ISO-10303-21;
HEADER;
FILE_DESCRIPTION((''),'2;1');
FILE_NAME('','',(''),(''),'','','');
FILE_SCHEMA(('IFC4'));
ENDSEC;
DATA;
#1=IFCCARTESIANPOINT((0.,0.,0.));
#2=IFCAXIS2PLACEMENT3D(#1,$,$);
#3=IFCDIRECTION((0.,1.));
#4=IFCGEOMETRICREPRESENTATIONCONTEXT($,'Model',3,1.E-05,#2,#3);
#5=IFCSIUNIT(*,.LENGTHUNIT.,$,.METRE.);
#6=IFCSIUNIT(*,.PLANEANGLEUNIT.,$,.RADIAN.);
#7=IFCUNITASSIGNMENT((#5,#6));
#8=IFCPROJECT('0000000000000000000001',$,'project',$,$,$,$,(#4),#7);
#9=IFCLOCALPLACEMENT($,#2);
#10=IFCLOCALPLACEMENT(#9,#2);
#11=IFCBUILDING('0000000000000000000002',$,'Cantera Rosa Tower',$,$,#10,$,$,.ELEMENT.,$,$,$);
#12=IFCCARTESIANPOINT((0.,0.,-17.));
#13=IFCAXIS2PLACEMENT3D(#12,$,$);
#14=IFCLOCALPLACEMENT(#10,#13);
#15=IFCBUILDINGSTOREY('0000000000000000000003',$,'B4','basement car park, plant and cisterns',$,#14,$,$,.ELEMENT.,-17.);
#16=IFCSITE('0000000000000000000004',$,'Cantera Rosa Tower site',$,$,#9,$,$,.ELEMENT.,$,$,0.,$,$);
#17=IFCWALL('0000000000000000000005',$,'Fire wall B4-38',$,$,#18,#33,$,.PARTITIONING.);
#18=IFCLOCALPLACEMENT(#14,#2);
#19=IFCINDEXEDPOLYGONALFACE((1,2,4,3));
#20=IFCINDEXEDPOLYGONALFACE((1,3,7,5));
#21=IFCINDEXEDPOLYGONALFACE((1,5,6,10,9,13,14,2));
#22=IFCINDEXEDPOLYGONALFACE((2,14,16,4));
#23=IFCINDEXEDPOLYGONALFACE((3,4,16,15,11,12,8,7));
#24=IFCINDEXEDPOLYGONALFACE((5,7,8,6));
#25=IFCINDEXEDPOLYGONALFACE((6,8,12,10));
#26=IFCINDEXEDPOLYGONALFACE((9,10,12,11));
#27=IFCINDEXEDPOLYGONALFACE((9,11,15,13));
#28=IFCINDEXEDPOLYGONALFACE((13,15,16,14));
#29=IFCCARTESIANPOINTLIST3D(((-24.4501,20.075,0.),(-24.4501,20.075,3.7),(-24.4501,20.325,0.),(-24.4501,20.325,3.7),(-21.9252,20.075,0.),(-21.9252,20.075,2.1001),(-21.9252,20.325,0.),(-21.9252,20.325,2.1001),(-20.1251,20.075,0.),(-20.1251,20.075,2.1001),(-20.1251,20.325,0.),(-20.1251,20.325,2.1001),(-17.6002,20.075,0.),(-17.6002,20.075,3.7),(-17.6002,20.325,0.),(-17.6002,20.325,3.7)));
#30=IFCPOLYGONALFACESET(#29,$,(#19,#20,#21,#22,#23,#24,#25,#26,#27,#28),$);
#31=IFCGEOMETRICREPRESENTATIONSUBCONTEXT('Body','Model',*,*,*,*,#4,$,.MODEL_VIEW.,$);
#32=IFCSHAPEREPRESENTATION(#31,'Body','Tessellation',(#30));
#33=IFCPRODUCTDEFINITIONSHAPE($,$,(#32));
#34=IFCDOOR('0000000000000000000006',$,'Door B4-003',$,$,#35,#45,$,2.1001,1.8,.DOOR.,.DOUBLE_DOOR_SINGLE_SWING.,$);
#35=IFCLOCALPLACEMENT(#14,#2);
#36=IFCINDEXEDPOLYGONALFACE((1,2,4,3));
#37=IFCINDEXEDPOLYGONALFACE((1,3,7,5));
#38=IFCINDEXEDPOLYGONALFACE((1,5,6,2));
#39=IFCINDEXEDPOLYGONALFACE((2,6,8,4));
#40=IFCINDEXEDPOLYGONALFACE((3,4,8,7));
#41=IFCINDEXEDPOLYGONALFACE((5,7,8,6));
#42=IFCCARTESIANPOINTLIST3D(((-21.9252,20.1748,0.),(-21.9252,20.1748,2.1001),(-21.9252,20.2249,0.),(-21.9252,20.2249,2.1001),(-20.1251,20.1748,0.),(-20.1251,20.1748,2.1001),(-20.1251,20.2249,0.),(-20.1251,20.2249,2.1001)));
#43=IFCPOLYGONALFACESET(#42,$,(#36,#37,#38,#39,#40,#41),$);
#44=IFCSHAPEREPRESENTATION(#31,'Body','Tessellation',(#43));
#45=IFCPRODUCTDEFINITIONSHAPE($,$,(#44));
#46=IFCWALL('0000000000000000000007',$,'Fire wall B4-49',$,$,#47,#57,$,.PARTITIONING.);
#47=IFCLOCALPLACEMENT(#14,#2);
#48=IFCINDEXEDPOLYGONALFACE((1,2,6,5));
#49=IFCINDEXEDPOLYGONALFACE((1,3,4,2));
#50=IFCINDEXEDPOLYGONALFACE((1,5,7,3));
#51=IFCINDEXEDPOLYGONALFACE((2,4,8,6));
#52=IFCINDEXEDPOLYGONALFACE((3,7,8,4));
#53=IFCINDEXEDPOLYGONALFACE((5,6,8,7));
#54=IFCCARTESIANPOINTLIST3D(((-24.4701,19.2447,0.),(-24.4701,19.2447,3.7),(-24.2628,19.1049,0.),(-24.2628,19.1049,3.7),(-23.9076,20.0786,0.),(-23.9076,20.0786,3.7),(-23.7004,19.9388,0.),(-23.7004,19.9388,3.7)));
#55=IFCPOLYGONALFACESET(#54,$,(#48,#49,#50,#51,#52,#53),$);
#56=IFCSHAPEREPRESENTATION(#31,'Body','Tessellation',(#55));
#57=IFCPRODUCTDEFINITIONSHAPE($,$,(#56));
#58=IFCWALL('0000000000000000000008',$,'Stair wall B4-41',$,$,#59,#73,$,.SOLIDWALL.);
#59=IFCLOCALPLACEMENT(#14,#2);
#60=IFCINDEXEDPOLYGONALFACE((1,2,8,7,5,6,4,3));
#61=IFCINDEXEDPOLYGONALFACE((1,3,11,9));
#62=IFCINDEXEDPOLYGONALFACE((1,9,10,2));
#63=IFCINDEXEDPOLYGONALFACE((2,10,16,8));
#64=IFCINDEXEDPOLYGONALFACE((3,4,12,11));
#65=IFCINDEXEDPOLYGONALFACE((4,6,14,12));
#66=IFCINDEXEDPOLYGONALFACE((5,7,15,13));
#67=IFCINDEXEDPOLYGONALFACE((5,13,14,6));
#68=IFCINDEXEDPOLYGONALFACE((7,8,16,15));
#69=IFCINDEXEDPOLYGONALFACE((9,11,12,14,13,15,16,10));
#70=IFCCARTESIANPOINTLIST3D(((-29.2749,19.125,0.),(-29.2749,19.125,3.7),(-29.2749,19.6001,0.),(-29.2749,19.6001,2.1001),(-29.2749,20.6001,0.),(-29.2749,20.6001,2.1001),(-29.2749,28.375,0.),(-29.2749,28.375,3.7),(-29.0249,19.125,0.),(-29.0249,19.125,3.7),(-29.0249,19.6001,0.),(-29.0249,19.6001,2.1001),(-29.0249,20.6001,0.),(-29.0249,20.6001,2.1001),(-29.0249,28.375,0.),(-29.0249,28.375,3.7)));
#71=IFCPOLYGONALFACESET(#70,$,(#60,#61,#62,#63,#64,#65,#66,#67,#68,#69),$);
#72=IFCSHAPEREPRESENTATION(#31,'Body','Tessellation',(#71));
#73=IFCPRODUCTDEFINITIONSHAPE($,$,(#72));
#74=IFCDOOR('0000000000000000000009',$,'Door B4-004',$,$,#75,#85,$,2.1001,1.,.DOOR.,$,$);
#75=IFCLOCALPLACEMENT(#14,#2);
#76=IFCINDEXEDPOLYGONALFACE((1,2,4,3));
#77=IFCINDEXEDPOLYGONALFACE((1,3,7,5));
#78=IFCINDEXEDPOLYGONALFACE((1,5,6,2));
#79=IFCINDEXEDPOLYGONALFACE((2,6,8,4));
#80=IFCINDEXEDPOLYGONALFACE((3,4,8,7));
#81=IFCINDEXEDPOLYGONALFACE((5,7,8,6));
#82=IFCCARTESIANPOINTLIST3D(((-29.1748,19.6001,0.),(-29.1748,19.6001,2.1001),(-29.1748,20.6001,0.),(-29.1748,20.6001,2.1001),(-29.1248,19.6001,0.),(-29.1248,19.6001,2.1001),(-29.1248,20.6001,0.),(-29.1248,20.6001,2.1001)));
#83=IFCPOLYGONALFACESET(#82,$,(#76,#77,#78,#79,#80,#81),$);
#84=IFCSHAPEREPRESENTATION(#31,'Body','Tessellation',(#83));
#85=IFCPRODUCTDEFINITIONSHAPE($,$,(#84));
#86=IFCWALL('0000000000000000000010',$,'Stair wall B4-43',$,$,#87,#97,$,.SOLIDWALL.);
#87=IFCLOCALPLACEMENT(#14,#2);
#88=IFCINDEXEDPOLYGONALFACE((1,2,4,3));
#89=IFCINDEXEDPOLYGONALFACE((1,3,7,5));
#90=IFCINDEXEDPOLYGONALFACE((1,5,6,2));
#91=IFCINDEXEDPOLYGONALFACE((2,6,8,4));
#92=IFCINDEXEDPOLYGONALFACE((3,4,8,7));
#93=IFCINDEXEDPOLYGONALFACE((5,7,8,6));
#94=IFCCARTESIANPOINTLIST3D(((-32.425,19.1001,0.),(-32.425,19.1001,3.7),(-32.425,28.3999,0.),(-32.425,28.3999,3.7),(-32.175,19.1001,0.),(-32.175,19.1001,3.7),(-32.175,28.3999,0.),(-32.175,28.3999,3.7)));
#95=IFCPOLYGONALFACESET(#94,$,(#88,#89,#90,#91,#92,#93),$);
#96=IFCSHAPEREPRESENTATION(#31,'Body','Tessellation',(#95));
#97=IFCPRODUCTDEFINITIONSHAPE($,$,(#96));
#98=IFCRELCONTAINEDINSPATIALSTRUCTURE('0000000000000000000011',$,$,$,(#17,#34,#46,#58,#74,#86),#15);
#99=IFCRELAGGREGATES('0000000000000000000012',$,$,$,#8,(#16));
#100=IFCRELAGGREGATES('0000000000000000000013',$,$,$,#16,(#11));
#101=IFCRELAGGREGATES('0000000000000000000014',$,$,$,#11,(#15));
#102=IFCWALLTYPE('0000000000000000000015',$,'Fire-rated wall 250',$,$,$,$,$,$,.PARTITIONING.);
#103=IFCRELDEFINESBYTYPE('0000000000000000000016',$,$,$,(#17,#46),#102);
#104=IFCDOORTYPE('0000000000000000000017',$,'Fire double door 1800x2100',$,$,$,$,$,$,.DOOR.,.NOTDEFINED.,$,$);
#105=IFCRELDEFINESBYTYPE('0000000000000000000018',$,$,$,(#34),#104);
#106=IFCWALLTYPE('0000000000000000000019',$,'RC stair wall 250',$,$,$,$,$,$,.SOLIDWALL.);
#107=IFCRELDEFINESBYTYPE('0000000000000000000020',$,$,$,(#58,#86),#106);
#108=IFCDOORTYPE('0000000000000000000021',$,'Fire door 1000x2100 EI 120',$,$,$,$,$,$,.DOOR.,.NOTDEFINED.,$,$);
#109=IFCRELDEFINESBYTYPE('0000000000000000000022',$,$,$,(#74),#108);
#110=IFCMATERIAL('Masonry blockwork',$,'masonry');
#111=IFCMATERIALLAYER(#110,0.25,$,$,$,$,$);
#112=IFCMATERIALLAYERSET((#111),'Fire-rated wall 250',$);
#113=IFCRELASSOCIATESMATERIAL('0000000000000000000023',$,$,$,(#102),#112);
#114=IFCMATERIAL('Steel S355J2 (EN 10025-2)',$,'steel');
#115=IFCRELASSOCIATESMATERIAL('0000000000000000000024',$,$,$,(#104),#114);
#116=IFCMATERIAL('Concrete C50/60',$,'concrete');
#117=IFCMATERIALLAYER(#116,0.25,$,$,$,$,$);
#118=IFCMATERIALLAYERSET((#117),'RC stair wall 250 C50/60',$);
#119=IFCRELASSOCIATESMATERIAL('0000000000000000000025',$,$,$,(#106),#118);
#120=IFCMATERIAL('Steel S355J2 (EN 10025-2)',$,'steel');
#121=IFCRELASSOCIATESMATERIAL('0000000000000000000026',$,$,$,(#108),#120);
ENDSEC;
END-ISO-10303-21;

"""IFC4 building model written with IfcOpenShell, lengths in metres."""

from ifc_helpers import new_model, si_unit, direction, frame, frame_2d, origin, place, context, subcontext, project, spatial, rectangle, extrude, material, layer, layer_set, type_object, element, fill, save


model = new_model("IFC4")

# Units and contexts
model_context = context("Model", 3, precision=1e-05, world=origin(), true_north=direction((0.0, 1.0)))
body_context = subcontext(model_context, "Body", "Model", "MODEL_VIEW")
ifc_project = project(units=[si_unit("LENGTHUNIT", "METRE"), si_unit("PLANEANGLEUNIT", "RADIAN")], contexts=[model_context])

# Site, building, storey
site_placement = place(None, origin())
site = spatial("IfcSite", under=ifc_project, at=site_placement, Name="Cantera Rosa Tower site", CompositionType="ELEMENT", RefElevation=0.0)
building_placement = place(site_placement, origin())
building = spatial("IfcBuilding", under=site, at=building_placement, Name="Cantera Rosa Tower", CompositionType="ELEMENT")
storey_placement = place(building_placement, frame((0.0, 0.0, -17.0)))
storey = spatial("IfcBuildingStorey", under=building, at=storey_placement, Name="B4", Description="basement car park, plant and cisterns", CompositionType="ELEMENT", Elevation=-17.0)

# Wall, opening, door
ifc_material_1 = material(Name="Masonry blockwork", Category="masonry")
ifc_layer_1 = layer(ifc_material_1, 0.25)
ifc_layer_set_1 = layer_set([ifc_layer_1], Name="Fire-rated wall 250")
wall_type_1 = type_object("IfcWallType", Name="Fire-rated wall 250", PredefinedType="PARTITIONING", material=ifc_layer_set_1)
wall_1_placement = place(storey_placement, frame((-24.45, 20.2, 0.0), z_axis=(0.0, 0.0, 1.0), x_axis=(1.0, 0.0, 0.0)))
wall_1 = element("IfcWall", 1, at=wall_1_placement, inside=storey, type_object=wall_type_1, Name="Fire wall B4-38", PredefinedType="PARTITIONING", context=body_context, shape_type="SweptSolid", body=[
    extrude(rectangle(XDim=6.8499, YDim=0.25, at=frame_2d((3.4248, 0.0))), origin(), (0.0, 0.0, 1.0), 3.7),
])
opening_1_placement = place(wall_1_placement, frame((2.5249, 0.0, 0.0)))
opening_1 = element("IfcOpeningElement", 2, at=opening_1_placement, cuts=wall_1, PredefinedType="OPENING", context=body_context, shape_type="SweptSolid", body=[
    extrude(rectangle(XDim=1.8, YDim=2.1001, at=frame_2d((0.8999, 1.05))), frame((0.0, 0.135, 0.0), z_axis=(0.0, -1.0, 0.0), x_axis=(1.0, 0.0, 0.0)), (0.0, 0.0, 1.0), 0.27),
])
ifc_material_2 = material(Name="Steel S355J2 (EN 10025-2)", Category="steel")
door_type_1 = type_object("IfcDoorType", Name="Fire double door 1800x2100", OperationType="NOTDEFINED", PredefinedType="DOOR", material=ifc_material_2)
door_1_placement = place(opening_1_placement, origin())
door_1 = element("IfcDoor", 3, at=door_1_placement, inside=storey, type_object=door_type_1, Name="Door B4-003", OperationType="DOUBLE_DOOR_SINGLE_SWING", OverallHeight=2.1001, OverallWidth=1.8, PredefinedType="DOOR", context=body_context, shape_type="SweptSolid", body=[
    extrude(rectangle(XDim=1.8, YDim=2.1001, at=frame_2d((0.8999, 1.05))), frame((0.0, 0.0249, 0.0), z_axis=(0.0, -1.0, 0.0), x_axis=(1.0, 0.0, 0.0)), (0.0, 0.0, 1.0), 0.05),
])
fill(opening_1, door_1)

# Wall
wall_2_placement = place(storey_placement, frame((-24.3665, 19.1748, 0.0), z_axis=(0.0, 0.0, 1.0), x_axis=(0.559173, 0.829051, 0.0)))
element("IfcWall", 4, at=wall_2_placement, inside=storey, type_object=wall_type_1, Name="Fire wall B4-49", PredefinedType="PARTITIONING", context=body_context, shape_type="SweptSolid", body=[
    extrude(rectangle(XDim=1.0059, YDim=0.25, at=frame_2d((0.5029, 0.0))), origin(), (0.0, 0.0, 1.0), 3.7),
])

# Wall, opening, door
ifc_material_3 = material(Name="Concrete C50/60", Category="concrete")
ifc_layer_2 = layer(ifc_material_3, 0.25)
ifc_layer_set_2 = layer_set([ifc_layer_2], Name="RC stair wall 250 C50/60")
wall_type_2 = type_object("IfcWallType", Name="RC stair wall 250", PredefinedType="SOLIDWALL", material=ifc_layer_set_2)
wall_3_placement = place(storey_placement, frame((-29.1499, 19.125, 0.0), z_axis=(0.0, 0.0, 1.0), x_axis=(0.0, 1.0, 0.0)))
wall_3 = element("IfcWall", 5, at=wall_3_placement, inside=storey, type_object=wall_type_2, Name="Stair wall B4-41", PredefinedType="SOLIDWALL", context=body_context, shape_type="SweptSolid", body=[
    extrude(rectangle(XDim=9.25, YDim=0.25, at=frame_2d((4.625, 0.0))), origin(), (0.0, 0.0, 1.0), 3.7),
])
opening_2_placement = place(wall_3_placement, frame((0.4751, 0.0, 0.0)))
opening_2 = element("IfcOpeningElement", 6, at=opening_2_placement, cuts=wall_3, PredefinedType="OPENING", context=body_context, shape_type="SweptSolid", body=[
    extrude(rectangle(XDim=1.0, YDim=2.1001, at=frame_2d((0.5, 1.05))), frame((0.0, 0.135, 0.0), z_axis=(0.0, -1.0, 0.0), x_axis=(1.0, 0.0, 0.0)), (0.0, 0.0, 1.0), 0.27),
])
ifc_material_4 = material(Name="Steel S355J2 (EN 10025-2)", Category="steel")
door_type_2 = type_object("IfcDoorType", Name="Fire door 1000x2100 EI 120", OperationType="NOTDEFINED", PredefinedType="DOOR", material=ifc_material_4)
door_2_placement = place(opening_2_placement, origin())
door_2 = element("IfcDoor", 7, at=door_2_placement, inside=storey, type_object=door_type_2, Name="Door B4-004", OverallHeight=2.1001, OverallWidth=1.0, PredefinedType="DOOR", context=body_context, shape_type="SweptSolid", body=[
    extrude(rectangle(XDim=1.0, YDim=2.1001, at=frame_2d((0.5, 1.05))), frame((0.0, 0.0249, 0.0), z_axis=(0.0, -1.0, 0.0), x_axis=(1.0, 0.0, 0.0)), (0.0, 0.0, 1.0), 0.05),
])
fill(opening_2, door_2)

# Wall
wall_4_placement = place(storey_placement, frame((-32.3, 19.1001, 0.0), z_axis=(0.0, 0.0, 1.0), x_axis=(0.0, 1.0, 0.0)))
element("IfcWall", 8, at=wall_4_placement, inside=storey, type_object=wall_type_2, Name="Stair wall B4-43", PredefinedType="SOLIDWALL", context=body_context, shape_type="SweptSolid", body=[
    extrude(rectangle(XDim=9.2998, YDim=0.25, at=frame_2d((4.6499, 0.0))), origin(), (0.0, 0.0, 1.0), 3.7),
])

save(model, "model.ifc")
